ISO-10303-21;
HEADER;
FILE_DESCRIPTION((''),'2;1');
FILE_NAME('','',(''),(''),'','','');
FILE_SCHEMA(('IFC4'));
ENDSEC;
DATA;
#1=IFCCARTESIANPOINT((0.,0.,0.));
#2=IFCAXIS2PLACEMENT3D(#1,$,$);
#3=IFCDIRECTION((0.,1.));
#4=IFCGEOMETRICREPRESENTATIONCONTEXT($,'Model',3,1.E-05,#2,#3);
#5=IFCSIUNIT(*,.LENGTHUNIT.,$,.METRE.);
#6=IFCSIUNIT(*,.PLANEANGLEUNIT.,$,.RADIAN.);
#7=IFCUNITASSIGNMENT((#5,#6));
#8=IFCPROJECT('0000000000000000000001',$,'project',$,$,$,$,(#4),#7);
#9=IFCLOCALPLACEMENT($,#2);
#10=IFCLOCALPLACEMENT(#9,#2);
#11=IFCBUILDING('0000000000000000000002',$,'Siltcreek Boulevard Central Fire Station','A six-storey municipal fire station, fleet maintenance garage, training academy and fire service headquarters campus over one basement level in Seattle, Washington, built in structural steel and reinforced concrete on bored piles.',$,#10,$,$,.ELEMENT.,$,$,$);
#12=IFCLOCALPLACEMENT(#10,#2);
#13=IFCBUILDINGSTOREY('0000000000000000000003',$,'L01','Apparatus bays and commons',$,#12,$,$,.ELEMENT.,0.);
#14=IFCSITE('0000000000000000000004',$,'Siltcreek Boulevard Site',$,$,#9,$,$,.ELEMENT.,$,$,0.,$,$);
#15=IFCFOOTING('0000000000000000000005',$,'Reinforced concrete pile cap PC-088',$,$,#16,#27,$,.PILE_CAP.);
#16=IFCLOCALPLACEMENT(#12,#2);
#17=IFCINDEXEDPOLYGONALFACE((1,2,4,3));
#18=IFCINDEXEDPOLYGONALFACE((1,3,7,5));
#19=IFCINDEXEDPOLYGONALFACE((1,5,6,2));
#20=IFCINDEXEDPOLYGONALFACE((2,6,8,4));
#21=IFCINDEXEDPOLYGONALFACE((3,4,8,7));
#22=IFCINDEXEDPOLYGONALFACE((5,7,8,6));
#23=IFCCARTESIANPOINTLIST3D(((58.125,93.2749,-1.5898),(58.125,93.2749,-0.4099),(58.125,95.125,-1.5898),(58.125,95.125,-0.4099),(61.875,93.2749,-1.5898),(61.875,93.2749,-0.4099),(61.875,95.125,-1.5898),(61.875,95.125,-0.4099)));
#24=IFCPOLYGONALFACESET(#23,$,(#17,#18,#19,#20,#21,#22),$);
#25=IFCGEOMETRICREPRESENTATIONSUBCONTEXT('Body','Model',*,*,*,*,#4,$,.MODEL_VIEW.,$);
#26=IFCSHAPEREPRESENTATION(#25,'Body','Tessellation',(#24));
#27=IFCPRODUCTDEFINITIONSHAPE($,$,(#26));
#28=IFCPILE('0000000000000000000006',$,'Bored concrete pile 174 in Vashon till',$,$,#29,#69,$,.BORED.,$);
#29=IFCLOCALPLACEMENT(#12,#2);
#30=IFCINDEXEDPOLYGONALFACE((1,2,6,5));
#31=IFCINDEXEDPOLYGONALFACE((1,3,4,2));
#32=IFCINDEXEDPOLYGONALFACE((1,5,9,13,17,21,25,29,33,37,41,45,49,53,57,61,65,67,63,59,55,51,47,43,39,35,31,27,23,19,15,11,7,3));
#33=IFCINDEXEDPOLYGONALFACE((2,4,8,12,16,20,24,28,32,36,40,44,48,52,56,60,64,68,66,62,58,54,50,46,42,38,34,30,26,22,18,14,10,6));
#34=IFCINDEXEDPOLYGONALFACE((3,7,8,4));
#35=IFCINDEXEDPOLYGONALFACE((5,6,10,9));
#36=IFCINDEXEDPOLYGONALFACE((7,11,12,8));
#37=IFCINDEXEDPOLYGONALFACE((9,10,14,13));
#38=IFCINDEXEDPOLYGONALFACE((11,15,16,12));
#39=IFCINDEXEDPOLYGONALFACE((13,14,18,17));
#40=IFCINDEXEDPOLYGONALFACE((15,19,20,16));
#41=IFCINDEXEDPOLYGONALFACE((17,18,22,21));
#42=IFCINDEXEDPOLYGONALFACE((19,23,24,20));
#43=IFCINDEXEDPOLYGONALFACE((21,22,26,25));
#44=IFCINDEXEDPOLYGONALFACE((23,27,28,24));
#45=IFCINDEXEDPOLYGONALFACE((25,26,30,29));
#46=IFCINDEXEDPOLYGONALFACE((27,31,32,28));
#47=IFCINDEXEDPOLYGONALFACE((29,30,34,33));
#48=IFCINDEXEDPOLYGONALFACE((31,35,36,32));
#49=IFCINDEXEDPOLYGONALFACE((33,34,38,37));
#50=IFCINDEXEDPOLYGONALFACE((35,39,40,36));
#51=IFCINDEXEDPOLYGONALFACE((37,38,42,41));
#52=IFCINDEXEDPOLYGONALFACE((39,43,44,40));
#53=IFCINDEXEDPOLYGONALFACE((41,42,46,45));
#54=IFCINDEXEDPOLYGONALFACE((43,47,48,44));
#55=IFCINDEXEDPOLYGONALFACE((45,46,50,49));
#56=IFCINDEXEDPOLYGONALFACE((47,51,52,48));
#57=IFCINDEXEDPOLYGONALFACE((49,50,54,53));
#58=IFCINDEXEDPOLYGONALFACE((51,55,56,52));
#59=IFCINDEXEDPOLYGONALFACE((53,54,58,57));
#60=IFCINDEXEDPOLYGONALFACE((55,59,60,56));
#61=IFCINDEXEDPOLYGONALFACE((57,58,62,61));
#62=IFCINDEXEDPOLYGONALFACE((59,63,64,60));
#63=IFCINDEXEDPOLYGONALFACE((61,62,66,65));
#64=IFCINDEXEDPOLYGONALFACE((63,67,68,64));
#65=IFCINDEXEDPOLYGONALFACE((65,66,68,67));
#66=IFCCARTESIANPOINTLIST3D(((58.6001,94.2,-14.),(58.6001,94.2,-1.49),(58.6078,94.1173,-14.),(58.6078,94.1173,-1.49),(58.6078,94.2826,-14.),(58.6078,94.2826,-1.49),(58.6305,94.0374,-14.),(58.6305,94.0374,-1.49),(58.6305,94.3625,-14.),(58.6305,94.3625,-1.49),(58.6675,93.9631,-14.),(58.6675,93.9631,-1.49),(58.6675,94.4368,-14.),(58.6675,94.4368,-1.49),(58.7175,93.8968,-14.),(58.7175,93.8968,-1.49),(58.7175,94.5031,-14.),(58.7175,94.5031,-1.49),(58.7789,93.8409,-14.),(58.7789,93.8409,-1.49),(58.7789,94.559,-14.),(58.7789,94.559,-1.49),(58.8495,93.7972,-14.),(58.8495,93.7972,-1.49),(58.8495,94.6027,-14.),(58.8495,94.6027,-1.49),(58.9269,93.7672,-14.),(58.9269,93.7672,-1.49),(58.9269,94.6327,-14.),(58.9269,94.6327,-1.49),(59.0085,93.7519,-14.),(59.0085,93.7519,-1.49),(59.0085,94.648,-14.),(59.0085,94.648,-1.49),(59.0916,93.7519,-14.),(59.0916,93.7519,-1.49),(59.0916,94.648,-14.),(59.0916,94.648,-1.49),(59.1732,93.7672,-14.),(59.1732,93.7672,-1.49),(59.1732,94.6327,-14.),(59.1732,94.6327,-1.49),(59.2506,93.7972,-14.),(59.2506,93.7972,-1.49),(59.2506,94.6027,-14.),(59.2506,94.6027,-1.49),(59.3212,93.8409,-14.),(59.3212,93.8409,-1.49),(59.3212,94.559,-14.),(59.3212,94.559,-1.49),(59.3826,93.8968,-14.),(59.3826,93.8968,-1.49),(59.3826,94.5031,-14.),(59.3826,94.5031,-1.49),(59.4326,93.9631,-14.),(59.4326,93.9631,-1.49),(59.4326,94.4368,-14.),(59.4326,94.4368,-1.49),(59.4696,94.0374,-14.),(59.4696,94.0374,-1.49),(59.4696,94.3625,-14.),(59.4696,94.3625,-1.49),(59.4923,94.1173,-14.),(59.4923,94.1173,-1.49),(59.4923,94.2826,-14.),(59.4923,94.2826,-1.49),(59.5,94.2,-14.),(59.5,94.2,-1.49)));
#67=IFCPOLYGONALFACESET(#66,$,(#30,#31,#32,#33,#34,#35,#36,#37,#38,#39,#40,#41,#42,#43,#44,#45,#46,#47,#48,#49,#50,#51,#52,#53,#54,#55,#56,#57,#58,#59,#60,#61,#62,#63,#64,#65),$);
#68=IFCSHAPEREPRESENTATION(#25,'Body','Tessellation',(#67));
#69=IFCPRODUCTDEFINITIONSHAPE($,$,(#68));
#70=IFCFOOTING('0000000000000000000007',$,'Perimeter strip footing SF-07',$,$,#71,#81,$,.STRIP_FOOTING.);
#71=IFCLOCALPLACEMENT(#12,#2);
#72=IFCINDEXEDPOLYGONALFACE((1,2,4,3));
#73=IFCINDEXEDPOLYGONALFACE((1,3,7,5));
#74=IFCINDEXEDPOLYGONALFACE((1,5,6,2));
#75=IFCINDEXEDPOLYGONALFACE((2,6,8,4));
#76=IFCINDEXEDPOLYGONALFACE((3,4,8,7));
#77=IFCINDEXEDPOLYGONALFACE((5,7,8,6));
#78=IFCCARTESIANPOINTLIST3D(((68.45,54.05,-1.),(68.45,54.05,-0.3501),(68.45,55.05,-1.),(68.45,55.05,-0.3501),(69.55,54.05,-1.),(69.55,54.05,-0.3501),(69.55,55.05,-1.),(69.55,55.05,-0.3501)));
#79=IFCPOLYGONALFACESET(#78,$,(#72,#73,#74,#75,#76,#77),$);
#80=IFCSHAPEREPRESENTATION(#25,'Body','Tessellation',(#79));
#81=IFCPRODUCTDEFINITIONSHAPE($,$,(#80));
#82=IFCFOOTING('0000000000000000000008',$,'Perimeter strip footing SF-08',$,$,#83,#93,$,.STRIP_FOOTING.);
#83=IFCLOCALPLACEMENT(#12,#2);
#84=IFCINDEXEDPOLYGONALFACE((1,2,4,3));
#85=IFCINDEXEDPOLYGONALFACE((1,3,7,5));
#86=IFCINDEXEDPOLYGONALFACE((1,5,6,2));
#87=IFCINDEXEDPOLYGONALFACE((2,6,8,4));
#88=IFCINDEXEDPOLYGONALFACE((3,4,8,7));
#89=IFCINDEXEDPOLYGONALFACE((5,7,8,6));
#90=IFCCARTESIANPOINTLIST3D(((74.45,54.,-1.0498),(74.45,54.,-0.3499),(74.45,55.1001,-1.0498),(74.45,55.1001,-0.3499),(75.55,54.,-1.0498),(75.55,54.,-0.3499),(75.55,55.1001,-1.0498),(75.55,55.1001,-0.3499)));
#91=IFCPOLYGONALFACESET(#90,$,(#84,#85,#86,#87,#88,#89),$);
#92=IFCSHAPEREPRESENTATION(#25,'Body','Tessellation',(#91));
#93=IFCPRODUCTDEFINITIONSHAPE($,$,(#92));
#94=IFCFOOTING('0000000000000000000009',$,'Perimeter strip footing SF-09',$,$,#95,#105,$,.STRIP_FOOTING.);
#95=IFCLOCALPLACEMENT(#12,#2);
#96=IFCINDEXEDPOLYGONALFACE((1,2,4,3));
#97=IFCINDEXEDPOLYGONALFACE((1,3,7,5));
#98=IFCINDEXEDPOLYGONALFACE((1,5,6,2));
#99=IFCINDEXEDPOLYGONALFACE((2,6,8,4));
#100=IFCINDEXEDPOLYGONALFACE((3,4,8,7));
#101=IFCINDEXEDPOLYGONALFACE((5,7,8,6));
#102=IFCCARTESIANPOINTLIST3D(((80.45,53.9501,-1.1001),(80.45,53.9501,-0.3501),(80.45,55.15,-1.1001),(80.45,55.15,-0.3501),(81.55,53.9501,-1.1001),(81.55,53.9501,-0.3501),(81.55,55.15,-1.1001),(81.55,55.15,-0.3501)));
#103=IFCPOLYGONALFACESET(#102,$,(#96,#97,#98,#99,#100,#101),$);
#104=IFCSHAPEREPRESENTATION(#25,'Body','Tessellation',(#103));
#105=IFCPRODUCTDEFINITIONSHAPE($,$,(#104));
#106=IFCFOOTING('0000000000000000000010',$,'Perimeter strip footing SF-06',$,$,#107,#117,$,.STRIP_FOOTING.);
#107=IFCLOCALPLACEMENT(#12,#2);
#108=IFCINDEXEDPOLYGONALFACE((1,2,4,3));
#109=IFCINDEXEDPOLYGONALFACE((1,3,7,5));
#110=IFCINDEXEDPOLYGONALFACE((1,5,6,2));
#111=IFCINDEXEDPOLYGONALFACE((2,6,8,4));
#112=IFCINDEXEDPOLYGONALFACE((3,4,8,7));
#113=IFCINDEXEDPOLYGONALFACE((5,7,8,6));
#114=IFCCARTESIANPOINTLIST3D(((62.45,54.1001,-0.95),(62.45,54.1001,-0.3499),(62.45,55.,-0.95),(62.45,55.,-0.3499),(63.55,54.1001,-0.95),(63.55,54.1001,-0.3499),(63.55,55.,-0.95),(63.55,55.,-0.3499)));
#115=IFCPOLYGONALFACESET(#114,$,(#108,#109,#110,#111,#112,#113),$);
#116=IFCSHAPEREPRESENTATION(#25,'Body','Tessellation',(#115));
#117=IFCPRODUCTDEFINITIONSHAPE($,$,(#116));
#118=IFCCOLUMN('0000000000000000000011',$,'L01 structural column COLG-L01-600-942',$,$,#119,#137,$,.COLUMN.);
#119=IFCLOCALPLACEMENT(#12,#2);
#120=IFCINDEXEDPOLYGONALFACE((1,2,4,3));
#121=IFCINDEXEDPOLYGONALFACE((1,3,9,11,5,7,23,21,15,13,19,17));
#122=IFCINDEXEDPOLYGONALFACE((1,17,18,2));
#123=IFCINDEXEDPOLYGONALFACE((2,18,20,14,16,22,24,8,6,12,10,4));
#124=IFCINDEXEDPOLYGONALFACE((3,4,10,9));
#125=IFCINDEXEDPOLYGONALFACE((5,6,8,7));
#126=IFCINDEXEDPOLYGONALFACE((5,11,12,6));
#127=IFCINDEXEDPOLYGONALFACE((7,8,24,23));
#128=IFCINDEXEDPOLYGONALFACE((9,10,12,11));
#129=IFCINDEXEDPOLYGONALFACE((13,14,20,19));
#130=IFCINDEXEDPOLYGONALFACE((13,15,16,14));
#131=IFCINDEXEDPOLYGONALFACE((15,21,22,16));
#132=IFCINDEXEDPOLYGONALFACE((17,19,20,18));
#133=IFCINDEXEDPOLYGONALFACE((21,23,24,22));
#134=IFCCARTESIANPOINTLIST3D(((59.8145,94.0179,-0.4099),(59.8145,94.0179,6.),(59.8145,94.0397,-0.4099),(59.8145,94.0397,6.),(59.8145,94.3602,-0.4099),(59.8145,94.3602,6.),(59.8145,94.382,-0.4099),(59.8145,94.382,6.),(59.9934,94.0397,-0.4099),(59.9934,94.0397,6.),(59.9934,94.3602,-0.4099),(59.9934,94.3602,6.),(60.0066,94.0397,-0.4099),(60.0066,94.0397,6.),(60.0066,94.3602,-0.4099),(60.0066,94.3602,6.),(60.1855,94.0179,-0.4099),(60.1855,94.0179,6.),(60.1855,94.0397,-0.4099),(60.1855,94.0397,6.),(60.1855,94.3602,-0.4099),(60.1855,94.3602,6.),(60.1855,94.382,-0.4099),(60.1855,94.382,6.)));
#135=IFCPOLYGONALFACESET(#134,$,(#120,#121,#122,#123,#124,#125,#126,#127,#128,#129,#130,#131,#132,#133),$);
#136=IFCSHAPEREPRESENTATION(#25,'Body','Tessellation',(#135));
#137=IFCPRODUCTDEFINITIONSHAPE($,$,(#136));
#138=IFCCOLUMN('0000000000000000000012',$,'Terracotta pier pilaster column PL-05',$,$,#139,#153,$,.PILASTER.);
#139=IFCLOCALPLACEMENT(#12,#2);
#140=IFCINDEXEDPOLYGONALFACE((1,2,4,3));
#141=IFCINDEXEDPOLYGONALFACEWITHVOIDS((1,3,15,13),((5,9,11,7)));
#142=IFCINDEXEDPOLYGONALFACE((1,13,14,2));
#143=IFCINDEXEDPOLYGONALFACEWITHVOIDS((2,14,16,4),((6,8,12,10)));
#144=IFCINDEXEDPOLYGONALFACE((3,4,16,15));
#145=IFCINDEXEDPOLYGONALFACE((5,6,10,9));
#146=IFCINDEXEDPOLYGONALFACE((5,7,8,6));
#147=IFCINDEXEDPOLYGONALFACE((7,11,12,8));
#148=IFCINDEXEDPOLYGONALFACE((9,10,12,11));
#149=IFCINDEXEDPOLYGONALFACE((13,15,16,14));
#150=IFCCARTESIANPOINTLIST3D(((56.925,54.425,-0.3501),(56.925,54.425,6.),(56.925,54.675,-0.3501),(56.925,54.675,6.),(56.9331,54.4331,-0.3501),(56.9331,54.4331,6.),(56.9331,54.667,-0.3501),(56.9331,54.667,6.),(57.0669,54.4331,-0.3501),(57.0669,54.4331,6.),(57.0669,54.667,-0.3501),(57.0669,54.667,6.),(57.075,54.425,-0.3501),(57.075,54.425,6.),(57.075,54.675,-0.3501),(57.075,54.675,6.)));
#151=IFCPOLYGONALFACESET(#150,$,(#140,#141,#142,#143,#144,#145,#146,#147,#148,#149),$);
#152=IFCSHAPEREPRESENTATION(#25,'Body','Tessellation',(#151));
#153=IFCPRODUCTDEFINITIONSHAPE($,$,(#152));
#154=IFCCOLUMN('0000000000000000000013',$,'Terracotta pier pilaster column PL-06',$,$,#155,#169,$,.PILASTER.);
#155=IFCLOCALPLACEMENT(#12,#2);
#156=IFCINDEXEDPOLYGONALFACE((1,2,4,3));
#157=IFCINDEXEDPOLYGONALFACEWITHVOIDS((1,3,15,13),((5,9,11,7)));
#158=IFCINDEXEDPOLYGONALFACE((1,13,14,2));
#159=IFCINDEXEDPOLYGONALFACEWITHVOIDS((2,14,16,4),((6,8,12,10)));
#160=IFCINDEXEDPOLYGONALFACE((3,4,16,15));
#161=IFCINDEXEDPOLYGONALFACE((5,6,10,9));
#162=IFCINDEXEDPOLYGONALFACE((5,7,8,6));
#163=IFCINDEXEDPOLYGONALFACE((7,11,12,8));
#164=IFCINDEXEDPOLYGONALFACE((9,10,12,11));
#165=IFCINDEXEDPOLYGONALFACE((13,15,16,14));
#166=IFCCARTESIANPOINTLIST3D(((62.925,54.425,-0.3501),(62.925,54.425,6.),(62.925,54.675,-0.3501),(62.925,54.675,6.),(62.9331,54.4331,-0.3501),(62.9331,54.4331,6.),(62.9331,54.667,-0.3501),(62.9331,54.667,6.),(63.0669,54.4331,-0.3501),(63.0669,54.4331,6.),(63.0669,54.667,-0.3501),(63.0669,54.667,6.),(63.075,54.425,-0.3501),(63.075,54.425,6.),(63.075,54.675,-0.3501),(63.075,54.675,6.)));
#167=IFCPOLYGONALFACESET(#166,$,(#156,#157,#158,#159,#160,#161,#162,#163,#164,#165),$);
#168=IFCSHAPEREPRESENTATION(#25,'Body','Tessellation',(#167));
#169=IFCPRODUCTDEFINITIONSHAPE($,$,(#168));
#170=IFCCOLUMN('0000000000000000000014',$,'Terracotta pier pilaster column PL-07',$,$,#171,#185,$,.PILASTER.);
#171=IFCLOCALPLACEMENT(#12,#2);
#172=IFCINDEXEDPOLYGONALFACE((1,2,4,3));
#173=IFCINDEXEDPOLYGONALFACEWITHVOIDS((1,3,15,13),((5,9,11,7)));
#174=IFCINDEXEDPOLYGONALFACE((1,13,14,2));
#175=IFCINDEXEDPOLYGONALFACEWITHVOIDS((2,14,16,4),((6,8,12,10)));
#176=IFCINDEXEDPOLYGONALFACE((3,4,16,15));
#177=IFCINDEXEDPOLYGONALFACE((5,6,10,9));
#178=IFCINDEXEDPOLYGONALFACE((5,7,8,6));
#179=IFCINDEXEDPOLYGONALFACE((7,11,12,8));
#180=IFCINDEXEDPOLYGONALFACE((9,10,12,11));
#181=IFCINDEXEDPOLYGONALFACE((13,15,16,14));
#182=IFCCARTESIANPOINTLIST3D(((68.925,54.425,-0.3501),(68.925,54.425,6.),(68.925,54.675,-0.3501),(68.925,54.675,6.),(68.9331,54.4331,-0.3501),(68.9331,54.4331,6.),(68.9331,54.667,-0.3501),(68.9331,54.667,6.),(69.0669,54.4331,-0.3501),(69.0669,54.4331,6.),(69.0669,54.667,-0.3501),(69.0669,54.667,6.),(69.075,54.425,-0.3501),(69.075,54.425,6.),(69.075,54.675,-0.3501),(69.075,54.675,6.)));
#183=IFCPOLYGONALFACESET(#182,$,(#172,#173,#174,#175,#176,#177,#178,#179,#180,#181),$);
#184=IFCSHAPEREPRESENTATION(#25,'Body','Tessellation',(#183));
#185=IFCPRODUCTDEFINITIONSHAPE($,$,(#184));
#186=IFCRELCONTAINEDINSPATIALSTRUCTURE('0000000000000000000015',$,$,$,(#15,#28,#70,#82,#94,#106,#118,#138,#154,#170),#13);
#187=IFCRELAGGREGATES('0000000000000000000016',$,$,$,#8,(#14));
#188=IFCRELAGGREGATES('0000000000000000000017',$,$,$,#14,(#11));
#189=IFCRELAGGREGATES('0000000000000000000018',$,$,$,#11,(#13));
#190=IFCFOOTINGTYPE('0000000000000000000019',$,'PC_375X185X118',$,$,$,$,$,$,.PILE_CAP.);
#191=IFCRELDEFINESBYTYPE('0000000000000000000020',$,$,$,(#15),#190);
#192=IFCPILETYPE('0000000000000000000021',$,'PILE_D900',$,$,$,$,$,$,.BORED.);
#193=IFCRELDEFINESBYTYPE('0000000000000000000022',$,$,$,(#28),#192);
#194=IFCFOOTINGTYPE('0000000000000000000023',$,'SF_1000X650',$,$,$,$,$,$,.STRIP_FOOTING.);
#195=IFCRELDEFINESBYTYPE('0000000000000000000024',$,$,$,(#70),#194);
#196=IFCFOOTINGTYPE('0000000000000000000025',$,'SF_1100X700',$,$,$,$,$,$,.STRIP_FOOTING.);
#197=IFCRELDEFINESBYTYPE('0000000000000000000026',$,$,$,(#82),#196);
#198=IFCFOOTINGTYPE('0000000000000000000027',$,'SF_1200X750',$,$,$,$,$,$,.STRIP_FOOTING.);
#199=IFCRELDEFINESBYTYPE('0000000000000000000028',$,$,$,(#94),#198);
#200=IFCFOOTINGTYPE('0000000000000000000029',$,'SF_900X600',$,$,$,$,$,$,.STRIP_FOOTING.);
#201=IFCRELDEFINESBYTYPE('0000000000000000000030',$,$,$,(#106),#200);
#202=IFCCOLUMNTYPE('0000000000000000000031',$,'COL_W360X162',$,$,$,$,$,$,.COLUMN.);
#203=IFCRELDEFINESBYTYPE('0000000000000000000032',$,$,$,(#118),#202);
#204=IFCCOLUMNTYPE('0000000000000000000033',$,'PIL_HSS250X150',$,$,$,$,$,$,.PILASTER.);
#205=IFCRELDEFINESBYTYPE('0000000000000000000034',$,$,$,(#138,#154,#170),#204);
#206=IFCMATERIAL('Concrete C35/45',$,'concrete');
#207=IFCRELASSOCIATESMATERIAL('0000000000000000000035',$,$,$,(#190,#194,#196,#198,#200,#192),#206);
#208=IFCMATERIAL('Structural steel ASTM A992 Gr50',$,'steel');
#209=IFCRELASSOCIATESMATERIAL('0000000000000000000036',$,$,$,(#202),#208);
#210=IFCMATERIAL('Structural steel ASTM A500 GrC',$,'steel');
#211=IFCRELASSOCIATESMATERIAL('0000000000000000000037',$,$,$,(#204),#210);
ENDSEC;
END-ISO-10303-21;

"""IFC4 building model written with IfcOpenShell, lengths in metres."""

from ifc_helpers import new_model, si_unit, direction, frame, origin, origin_2d, place, context, subcontext, project, spatial, rectangle, hollow_rectangle, circle, i_section, extrude, material, material_profile, profile_set, type_object, element, save


model = new_model("IFC4")

# Units and contexts
model_context = context("Model", 3, precision=1e-05, world=origin(), true_north=direction((0.0, 1.0)))
body_context = subcontext(model_context, "Body", "Model", "MODEL_VIEW")
ifc_project = project(units=[si_unit("LENGTHUNIT", "METRE"), si_unit("PLANEANGLEUNIT", "RADIAN")], contexts=[model_context])

# Site, building, storey
site_placement = place(None, origin())
site = spatial("IfcSite", under=ifc_project, at=site_placement, Name="Siltcreek Boulevard Site", CompositionType="ELEMENT", RefElevation=0.0)
building_placement = place(site_placement, origin())
building = spatial("IfcBuilding", under=site, at=building_placement, Name="Siltcreek Boulevard Central Fire Station", Description="A six-storey municipal fire station, fleet maintenance garage, training academy and fire service headquarters campus over one basement level in Seattle, Washington, built in structural steel and reinforced concrete on bored piles.", CompositionType="ELEMENT")
storey_placement = place(building_placement, origin())
storey = spatial("IfcBuildingStorey", under=building, at=storey_placement, Name="L01", Description="Apparatus bays and commons", CompositionType="ELEMENT", Elevation=0.0)

# Footing
ifc_material_1 = material(Name="Concrete C35/45", Category="concrete")
footing_type_1 = type_object("IfcFootingType", Name="PC_375X185X118", PredefinedType="PILE_CAP", material=ifc_material_1)
footing_1_placement = place(storey_placement, frame((60.0, 94.2, -1.5898), z_axis=(0.0, 0.0, 1.0), x_axis=(1.0, 0.0, 0.0)))
element("IfcFooting", 1, at=footing_1_placement, inside=storey, type_object=footing_type_1, Name="Reinforced concrete pile cap PC-088", PredefinedType="PILE_CAP", context=body_context, shape_type="SweptSolid", body=[
    extrude(rectangle(XDim=3.75, YDim=1.8501, at=origin_2d()), origin(), (0.0, 0.0, 1.0), 1.1799),
])

# Pile
ifc_material_profile_1 = material_profile(ifc_material_1, circle(Radius=0.45, at=origin_2d()), Name="SHAFT900")
ifc_profile_set_1 = profile_set([ifc_material_profile_1], Name="Concrete C35/45")
pile_type = type_object("IfcPileType", Name="PILE_D900", PredefinedType="BORED", material=ifc_profile_set_1)
pile_placement = place(storey_placement, frame((59.05, 94.2, -1.49), z_axis=(0.0, 0.0, -1.0), x_axis=(1.0, 0.0, 0.0)))
element("IfcPile", 2, at=pile_placement, inside=storey, type_object=pile_type, Name="Bored concrete pile 174 in Vashon till", PredefinedType="BORED", context=body_context, shape_type="SweptSolid", body=[
    extrude(circle(Radius=0.45, at=origin_2d()), origin(), (0.0, 0.0, 1.0), 12.51),
])

# Footings
footing_type_2 = type_object("IfcFootingType", Name="SF_1000X650", PredefinedType="STRIP_FOOTING", material=ifc_material_1)
footing_2_placement = place(storey_placement, frame((69.0, 54.55, -1.0), z_axis=(0.0, 0.0, 1.0), x_axis=(1.0, 0.0, 0.0)))
element("IfcFooting", 3, at=footing_2_placement, inside=storey, type_object=footing_type_2, Name="Perimeter strip footing SF-07", PredefinedType="STRIP_FOOTING", context=body_context, shape_type="SweptSolid", body=[
    extrude(rectangle(XDim=1.1001, YDim=1.0, at=origin_2d()), origin(), (0.0, 0.0, 1.0), 0.6499),
])
footing_type_3 = type_object("IfcFootingType", Name="SF_1100X700", PredefinedType="STRIP_FOOTING", material=ifc_material_1)
footing_3_placement = place(storey_placement, frame((75.0, 54.55, -1.0498), z_axis=(0.0, 0.0, 1.0), x_axis=(1.0, 0.0, 0.0)))
element("IfcFooting", 4, at=footing_3_placement, inside=storey, type_object=footing_type_3, Name="Perimeter strip footing SF-08", PredefinedType="STRIP_FOOTING", context=body_context, shape_type="SweptSolid", body=[
    extrude(rectangle(XDim=1.1001, YDim=1.1001, at=origin_2d()), origin(), (0.0, 0.0, 1.0), 0.7),
])
footing_type_4 = type_object("IfcFootingType", Name="SF_1200X750", PredefinedType="STRIP_FOOTING", material=ifc_material_1)
footing_4_placement = place(storey_placement, frame((81.0, 54.55, -1.1001), z_axis=(0.0, 0.0, 1.0), x_axis=(1.0, 0.0, 0.0)))
element("IfcFooting", 5, at=footing_4_placement, inside=storey, type_object=footing_type_4, Name="Perimeter strip footing SF-09", PredefinedType="STRIP_FOOTING", context=body_context, shape_type="SweptSolid", body=[
    extrude(rectangle(XDim=1.1001, YDim=1.2, at=origin_2d()), origin(), (0.0, 0.0, 1.0), 0.75),
])
footing_type_5 = type_object("IfcFootingType", Name="SF_900X600", PredefinedType="STRIP_FOOTING", material=ifc_material_1)
footing_5_placement = place(storey_placement, frame((63.0, 54.55, -0.95), z_axis=(0.0, 0.0, 1.0), x_axis=(1.0, 0.0, 0.0)))
element("IfcFooting", 6, at=footing_5_placement, inside=storey, type_object=footing_type_5, Name="Perimeter strip footing SF-06", PredefinedType="STRIP_FOOTING", context=body_context, shape_type="SweptSolid", body=[
    extrude(rectangle(XDim=1.1001, YDim=0.8999, at=origin_2d()), origin(), (0.0, 0.0, 1.0), 0.6001),
])

# Columns
ifc_material_2 = material(Name="Structural steel ASTM A992 Gr50", Category="steel")
ifc_material_profile_2 = material_profile(ifc_material_2, i_section(OverallWidth=0.3711, OverallDepth=0.364, WebThickness=0.0132, FlangeThickness=0.0217, at=origin_2d()), Name="W360X162")
ifc_profile_set_2 = profile_set([ifc_material_profile_2], Name="Structural steel ASTM A992 Gr50")
column_type_1 = type_object("IfcColumnType", Name="COL_W360X162", PredefinedType="COLUMN", material=ifc_profile_set_2)
column_placement = place(storey_placement, frame((60.0, 94.2, -0.4099), z_axis=(0.0, 0.0, 1.0), x_axis=(1.0, 0.0, 0.0)))
element("IfcColumn", 7, at=column_placement, inside=storey, type_object=column_type_1, Name="L01 structural column COLG-L01-600-942", PredefinedType="COLUMN", context=body_context, shape_type="SweptSolid", body=[
    extrude(i_section(OverallWidth=0.3711, OverallDepth=0.364, WebThickness=0.0132, FlangeThickness=0.0217, at=origin_2d()), origin(), (0.0, 0.0, 1.0), 6.4099),
])
ifc_material_3 = material(Name="Structural steel ASTM A500 GrC", Category="steel")
ifc_material_profile_3 = material_profile(ifc_material_3, hollow_rectangle(XDim=0.1499, YDim=0.25, WallThickness=0.0081, at=origin_2d()), Name="HSS250X150X8.0")
ifc_profile_set_3 = profile_set([ifc_material_profile_3], Name="Structural steel ASTM A500 GrC")
column_type_2 = type_object("IfcColumnType", Name="PIL_HSS250X150", PredefinedType="PILASTER", material=ifc_profile_set_3)
for number, where, z_axis, x_axis, name in (
    (8, (57.0, 54.55, -0.3501), (0.0, 0.0, 1.0), (1.0, 0.0, 0.0), "Terracotta pier pilaster column PL-05"),
    (9, (63.0, 54.55, -0.3501), (0.0, 0.0, 1.0), (1.0, 0.0, 0.0), "Terracotta pier pilaster column PL-06"),
    (10, (69.0, 54.55, -0.3501), (0.0, 0.0, 1.0), (1.0, 0.0, 0.0), "Terracotta pier pilaster column PL-07"),
):
    element("IfcColumn", number, at=place(storey_placement, frame(where, z_axis=z_axis, x_axis=x_axis)), inside=storey, type_object=column_type_2, Name=name, PredefinedType="PILASTER", context=body_context, shape_type="SweptSolid", body=[
        extrude(hollow_rectangle(XDim=0.1499, YDim=0.25, WallThickness=0.0081, at=origin_2d()), origin(), (0.0, 0.0, 1.0), 6.3501),
    ])

save(model, "model.ifc")
